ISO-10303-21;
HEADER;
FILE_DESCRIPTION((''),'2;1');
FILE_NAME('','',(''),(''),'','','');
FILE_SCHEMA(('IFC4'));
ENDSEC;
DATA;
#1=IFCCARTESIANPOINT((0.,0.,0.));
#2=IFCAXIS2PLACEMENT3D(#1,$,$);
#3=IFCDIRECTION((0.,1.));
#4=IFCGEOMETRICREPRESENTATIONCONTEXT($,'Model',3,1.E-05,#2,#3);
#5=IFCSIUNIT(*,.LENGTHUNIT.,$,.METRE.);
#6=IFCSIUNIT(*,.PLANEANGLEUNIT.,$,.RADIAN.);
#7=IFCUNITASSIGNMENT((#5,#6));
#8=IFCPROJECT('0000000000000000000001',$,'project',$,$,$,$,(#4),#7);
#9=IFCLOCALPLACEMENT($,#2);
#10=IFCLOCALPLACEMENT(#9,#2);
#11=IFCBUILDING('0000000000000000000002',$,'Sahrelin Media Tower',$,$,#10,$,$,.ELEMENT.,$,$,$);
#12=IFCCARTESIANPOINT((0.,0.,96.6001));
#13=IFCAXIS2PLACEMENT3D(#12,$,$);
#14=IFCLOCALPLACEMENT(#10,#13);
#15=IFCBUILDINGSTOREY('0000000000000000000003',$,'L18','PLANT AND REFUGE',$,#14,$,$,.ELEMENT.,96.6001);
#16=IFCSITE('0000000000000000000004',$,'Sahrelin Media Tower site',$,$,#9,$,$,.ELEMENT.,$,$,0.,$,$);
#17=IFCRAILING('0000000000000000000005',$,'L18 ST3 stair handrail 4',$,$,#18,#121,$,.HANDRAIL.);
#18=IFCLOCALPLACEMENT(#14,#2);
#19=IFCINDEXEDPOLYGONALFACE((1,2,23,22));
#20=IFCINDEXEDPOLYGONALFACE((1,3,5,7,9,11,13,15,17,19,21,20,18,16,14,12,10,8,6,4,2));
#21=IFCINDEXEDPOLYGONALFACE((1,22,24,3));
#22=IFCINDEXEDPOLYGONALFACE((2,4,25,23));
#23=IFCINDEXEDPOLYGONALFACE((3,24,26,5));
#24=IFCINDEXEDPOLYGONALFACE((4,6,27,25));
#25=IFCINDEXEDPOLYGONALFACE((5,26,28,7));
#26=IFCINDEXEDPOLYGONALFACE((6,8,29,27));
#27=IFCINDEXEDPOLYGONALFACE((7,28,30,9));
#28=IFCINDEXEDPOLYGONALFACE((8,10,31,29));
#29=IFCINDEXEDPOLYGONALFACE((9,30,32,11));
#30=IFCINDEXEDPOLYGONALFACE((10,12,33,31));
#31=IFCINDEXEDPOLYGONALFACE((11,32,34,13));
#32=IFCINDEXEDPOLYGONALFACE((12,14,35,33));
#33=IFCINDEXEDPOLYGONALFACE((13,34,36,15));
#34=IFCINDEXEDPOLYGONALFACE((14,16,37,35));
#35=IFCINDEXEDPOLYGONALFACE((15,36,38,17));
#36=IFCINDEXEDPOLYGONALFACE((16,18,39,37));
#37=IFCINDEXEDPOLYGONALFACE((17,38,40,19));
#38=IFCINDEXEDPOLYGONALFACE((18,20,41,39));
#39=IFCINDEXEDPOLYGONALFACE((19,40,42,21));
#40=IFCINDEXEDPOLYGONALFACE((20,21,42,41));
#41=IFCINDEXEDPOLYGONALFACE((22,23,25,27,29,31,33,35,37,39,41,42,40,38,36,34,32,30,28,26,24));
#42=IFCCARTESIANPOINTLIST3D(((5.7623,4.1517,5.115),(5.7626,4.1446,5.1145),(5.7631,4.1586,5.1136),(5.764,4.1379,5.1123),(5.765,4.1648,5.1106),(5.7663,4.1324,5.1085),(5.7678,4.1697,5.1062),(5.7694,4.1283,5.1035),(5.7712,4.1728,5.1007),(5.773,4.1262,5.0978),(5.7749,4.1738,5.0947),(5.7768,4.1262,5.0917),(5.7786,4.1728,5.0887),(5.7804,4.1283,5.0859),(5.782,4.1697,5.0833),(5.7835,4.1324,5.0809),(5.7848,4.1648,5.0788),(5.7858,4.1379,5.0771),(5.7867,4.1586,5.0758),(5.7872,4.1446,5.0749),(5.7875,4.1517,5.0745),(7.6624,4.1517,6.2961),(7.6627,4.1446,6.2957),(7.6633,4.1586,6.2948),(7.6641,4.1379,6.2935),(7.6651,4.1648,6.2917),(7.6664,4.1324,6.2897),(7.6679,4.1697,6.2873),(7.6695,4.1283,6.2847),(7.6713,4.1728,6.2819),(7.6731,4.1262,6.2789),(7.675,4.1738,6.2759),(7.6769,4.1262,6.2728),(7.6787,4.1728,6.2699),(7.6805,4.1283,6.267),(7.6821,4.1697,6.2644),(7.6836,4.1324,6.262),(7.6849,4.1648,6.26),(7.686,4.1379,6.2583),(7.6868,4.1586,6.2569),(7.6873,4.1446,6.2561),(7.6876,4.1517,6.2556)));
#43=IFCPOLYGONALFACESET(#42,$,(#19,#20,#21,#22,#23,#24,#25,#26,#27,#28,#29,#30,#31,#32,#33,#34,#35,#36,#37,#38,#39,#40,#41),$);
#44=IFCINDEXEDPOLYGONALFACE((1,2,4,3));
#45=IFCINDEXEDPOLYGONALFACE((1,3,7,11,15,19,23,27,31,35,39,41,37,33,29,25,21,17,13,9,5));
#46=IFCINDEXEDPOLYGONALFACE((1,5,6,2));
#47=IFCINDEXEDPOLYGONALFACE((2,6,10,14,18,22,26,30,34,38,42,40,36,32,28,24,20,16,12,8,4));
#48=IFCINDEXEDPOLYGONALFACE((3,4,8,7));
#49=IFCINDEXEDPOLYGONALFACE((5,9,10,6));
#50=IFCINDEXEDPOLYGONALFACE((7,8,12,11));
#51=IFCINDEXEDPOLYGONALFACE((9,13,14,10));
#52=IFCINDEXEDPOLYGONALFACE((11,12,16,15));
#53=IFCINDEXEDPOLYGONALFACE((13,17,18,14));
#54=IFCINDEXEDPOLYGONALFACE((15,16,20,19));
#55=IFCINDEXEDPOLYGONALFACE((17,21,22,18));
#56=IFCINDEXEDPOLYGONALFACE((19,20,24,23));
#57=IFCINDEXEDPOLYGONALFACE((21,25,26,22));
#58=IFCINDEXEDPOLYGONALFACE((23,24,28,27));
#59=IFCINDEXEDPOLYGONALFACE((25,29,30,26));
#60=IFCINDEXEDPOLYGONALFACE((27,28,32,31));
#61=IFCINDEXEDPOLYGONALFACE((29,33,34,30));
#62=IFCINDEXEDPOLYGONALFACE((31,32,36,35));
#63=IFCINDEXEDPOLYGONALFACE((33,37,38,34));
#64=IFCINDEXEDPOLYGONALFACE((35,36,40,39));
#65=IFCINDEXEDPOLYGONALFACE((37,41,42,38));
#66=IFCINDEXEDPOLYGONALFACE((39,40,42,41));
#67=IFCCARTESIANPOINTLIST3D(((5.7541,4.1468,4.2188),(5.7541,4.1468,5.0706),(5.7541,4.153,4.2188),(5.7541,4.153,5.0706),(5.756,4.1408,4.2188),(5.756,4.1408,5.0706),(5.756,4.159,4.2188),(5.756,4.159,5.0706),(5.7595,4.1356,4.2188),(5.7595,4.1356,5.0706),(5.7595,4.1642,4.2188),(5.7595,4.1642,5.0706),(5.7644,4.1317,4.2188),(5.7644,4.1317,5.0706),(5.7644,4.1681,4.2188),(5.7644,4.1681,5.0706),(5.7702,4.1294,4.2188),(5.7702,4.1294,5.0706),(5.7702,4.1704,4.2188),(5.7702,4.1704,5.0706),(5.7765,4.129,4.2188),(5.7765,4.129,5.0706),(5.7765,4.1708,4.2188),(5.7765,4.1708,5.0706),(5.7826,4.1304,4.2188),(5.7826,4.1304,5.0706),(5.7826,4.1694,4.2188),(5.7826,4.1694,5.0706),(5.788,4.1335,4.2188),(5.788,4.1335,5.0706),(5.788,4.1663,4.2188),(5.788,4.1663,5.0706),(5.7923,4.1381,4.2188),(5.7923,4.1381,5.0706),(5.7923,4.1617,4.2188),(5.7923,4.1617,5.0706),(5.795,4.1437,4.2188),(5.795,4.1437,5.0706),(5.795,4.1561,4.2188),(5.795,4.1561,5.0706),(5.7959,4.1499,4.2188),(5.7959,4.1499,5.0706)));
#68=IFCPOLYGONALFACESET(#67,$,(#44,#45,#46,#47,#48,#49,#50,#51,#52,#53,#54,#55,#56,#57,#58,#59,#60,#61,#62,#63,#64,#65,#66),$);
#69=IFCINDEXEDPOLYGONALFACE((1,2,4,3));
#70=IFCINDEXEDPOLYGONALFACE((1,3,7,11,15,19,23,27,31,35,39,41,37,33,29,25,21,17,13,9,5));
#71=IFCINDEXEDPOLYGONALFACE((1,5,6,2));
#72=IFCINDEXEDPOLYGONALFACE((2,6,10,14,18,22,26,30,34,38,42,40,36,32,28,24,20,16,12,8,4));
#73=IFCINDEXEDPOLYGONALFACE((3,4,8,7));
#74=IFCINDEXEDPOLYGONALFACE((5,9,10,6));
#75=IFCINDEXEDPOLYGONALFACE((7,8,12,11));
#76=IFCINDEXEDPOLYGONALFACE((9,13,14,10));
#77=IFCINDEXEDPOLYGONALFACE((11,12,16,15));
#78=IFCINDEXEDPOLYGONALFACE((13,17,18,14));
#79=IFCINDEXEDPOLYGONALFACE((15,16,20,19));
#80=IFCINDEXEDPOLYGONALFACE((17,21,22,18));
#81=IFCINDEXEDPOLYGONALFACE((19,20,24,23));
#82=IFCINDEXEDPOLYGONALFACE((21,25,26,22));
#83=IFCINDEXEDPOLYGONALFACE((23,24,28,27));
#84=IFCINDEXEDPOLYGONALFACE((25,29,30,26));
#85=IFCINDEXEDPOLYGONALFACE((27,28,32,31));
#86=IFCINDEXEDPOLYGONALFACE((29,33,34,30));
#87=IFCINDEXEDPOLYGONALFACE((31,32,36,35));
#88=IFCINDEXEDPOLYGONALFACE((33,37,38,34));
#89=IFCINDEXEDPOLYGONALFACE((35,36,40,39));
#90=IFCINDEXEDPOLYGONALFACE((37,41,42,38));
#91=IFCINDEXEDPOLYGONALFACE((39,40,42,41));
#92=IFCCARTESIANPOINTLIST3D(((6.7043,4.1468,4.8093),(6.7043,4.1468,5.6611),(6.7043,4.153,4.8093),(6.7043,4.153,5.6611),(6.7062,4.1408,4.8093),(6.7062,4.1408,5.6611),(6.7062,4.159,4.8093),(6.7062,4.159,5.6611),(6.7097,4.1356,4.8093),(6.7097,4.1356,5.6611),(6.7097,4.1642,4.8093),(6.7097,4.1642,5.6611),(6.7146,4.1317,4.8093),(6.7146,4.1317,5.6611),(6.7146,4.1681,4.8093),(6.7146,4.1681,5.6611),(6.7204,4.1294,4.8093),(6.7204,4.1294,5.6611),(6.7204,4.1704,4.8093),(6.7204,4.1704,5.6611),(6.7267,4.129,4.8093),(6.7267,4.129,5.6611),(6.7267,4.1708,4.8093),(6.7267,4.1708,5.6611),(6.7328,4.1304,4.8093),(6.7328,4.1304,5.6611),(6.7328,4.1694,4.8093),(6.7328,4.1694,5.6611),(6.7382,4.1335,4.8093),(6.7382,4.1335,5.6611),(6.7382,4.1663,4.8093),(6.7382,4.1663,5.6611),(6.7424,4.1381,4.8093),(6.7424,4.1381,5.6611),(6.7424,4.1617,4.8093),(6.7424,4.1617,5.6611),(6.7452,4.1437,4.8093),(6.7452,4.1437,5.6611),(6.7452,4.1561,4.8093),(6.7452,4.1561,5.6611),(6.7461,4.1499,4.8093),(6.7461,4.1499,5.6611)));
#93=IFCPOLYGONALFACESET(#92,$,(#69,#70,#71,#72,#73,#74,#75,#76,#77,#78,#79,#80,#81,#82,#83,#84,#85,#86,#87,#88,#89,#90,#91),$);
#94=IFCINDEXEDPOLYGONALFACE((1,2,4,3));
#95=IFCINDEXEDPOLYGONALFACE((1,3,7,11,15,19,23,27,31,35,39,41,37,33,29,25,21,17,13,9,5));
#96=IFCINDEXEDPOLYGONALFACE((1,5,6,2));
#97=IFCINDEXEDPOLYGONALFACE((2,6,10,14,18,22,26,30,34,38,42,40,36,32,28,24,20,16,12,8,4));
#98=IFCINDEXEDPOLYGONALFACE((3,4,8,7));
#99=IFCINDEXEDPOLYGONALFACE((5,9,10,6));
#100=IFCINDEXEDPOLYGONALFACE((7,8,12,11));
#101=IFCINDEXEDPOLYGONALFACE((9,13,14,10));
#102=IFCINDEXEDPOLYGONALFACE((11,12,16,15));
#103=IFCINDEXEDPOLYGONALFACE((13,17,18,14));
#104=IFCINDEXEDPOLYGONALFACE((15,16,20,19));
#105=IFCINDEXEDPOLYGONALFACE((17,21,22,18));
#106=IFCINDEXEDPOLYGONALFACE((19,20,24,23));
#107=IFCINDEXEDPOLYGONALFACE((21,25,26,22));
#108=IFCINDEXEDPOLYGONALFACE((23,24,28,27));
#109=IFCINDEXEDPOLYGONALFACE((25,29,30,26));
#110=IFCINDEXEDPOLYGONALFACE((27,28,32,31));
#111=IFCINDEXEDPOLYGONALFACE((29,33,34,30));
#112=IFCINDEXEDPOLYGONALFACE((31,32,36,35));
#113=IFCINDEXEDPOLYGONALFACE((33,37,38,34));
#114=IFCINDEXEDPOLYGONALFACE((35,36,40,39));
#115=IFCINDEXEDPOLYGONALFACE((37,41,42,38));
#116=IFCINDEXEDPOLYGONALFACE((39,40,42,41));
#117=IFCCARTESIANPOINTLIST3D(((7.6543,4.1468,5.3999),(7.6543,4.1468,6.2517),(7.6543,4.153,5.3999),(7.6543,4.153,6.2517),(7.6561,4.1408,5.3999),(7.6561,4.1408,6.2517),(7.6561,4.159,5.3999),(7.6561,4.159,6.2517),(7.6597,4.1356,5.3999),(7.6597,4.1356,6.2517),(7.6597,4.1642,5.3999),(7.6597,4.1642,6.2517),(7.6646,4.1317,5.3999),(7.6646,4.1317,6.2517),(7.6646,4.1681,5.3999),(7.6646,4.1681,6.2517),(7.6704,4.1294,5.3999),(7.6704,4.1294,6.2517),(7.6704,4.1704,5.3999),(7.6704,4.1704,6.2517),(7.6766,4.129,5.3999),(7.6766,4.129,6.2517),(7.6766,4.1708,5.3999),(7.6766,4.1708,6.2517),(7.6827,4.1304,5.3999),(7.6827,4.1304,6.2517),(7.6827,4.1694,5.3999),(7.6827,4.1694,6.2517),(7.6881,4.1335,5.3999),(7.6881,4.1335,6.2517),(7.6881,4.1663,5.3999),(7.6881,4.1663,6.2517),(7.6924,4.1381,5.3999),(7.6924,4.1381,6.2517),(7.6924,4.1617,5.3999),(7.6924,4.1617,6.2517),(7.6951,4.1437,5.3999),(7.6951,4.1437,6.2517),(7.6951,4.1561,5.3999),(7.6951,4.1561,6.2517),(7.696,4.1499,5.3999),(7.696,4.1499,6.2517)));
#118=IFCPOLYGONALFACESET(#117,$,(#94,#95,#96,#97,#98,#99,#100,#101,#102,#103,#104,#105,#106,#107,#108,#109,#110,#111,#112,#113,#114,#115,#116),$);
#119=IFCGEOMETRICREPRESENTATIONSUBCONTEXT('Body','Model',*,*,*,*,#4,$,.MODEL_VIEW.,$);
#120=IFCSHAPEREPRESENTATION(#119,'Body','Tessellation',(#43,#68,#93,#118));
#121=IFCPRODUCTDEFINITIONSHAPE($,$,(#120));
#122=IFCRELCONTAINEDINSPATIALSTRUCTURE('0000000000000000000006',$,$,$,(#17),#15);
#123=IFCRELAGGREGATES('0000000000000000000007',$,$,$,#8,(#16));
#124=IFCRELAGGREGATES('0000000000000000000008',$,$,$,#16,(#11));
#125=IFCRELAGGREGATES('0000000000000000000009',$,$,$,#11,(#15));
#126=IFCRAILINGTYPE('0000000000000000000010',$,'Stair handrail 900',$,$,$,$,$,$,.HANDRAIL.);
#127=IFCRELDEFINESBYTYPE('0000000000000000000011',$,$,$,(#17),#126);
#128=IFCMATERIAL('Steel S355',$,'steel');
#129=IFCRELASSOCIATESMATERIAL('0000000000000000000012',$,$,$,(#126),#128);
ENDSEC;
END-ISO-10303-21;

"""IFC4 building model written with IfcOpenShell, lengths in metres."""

from ifc_helpers import new_model, si_unit, direction, frame, origin, origin_2d, place, context, subcontext, project, spatial, circle, extrude, material, type_object, element, save


model = new_model("IFC4")

# Units and contexts
model_context = context("Model", 3, precision=1e-05, world=origin(), true_north=direction((0.0, 1.0)))
body_context = subcontext(model_context, "Body", "Model", "MODEL_VIEW")
ifc_project = project(units=[si_unit("LENGTHUNIT", "METRE"), si_unit("PLANEANGLEUNIT", "RADIAN")], contexts=[model_context])

# Site, building, storey
site_placement = place(None, origin())
site = spatial("IfcSite", under=ifc_project, at=site_placement, Name="Sahrelin Media Tower site", CompositionType="ELEMENT", RefElevation=0.0)
building_placement = place(site_placement, origin())
building = spatial("IfcBuilding", under=site, at=building_placement, Name="Sahrelin Media Tower", CompositionType="ELEMENT")
storey_placement = place(building_placement, frame((0.0, 0.0, 96.6001)))
storey = spatial("IfcBuildingStorey", under=building, at=storey_placement, Name="L18", Description="PLANT AND REFUGE", CompositionType="ELEMENT", Elevation=96.6001)

# Railing
ifc_material_1 = material(Name="Steel S355", Category="steel")
railing_type_1 = type_object("IfcRailingType", Name="Stair handrail 900", PredefinedType="HANDRAIL", material=ifc_material_1)
railing_1_placement = place(storey_placement, frame((5.7749, 4.1499, 4.2188)))
element("IfcRailing", 1, at=railing_1_placement, inside=storey, type_object=railing_type_1, Name="L18 ST3 stair handrail 4", PredefinedType="HANDRAIL", context=body_context, shape_type="SweptSolid", body=[
    extrude(circle(Radius=0.0239, at=origin_2d()), frame((0.0, 0.0, 0.876), z_axis=(0.849289, 0.0, 0.527928), x_axis=(0.0, 1.0, 0.0)), (0.0, 0.0, 1.0), 2.2373),
    extrude(circle(Radius=0.021, at=origin_2d()), origin(), (0.0, 0.0, 1.0), 0.8518),
    extrude(circle(Radius=0.021, at=origin_2d()), frame((0.9502, 0.0, 0.5906)), (0.0, 0.0, 1.0), 0.8518),
    extrude(circle(Radius=0.021, at=origin_2d()), frame((1.9001, 0.0, 1.1812)), (0.0, 0.0, 1.0), 0.8518),
])

save(model, "model.ifc")
